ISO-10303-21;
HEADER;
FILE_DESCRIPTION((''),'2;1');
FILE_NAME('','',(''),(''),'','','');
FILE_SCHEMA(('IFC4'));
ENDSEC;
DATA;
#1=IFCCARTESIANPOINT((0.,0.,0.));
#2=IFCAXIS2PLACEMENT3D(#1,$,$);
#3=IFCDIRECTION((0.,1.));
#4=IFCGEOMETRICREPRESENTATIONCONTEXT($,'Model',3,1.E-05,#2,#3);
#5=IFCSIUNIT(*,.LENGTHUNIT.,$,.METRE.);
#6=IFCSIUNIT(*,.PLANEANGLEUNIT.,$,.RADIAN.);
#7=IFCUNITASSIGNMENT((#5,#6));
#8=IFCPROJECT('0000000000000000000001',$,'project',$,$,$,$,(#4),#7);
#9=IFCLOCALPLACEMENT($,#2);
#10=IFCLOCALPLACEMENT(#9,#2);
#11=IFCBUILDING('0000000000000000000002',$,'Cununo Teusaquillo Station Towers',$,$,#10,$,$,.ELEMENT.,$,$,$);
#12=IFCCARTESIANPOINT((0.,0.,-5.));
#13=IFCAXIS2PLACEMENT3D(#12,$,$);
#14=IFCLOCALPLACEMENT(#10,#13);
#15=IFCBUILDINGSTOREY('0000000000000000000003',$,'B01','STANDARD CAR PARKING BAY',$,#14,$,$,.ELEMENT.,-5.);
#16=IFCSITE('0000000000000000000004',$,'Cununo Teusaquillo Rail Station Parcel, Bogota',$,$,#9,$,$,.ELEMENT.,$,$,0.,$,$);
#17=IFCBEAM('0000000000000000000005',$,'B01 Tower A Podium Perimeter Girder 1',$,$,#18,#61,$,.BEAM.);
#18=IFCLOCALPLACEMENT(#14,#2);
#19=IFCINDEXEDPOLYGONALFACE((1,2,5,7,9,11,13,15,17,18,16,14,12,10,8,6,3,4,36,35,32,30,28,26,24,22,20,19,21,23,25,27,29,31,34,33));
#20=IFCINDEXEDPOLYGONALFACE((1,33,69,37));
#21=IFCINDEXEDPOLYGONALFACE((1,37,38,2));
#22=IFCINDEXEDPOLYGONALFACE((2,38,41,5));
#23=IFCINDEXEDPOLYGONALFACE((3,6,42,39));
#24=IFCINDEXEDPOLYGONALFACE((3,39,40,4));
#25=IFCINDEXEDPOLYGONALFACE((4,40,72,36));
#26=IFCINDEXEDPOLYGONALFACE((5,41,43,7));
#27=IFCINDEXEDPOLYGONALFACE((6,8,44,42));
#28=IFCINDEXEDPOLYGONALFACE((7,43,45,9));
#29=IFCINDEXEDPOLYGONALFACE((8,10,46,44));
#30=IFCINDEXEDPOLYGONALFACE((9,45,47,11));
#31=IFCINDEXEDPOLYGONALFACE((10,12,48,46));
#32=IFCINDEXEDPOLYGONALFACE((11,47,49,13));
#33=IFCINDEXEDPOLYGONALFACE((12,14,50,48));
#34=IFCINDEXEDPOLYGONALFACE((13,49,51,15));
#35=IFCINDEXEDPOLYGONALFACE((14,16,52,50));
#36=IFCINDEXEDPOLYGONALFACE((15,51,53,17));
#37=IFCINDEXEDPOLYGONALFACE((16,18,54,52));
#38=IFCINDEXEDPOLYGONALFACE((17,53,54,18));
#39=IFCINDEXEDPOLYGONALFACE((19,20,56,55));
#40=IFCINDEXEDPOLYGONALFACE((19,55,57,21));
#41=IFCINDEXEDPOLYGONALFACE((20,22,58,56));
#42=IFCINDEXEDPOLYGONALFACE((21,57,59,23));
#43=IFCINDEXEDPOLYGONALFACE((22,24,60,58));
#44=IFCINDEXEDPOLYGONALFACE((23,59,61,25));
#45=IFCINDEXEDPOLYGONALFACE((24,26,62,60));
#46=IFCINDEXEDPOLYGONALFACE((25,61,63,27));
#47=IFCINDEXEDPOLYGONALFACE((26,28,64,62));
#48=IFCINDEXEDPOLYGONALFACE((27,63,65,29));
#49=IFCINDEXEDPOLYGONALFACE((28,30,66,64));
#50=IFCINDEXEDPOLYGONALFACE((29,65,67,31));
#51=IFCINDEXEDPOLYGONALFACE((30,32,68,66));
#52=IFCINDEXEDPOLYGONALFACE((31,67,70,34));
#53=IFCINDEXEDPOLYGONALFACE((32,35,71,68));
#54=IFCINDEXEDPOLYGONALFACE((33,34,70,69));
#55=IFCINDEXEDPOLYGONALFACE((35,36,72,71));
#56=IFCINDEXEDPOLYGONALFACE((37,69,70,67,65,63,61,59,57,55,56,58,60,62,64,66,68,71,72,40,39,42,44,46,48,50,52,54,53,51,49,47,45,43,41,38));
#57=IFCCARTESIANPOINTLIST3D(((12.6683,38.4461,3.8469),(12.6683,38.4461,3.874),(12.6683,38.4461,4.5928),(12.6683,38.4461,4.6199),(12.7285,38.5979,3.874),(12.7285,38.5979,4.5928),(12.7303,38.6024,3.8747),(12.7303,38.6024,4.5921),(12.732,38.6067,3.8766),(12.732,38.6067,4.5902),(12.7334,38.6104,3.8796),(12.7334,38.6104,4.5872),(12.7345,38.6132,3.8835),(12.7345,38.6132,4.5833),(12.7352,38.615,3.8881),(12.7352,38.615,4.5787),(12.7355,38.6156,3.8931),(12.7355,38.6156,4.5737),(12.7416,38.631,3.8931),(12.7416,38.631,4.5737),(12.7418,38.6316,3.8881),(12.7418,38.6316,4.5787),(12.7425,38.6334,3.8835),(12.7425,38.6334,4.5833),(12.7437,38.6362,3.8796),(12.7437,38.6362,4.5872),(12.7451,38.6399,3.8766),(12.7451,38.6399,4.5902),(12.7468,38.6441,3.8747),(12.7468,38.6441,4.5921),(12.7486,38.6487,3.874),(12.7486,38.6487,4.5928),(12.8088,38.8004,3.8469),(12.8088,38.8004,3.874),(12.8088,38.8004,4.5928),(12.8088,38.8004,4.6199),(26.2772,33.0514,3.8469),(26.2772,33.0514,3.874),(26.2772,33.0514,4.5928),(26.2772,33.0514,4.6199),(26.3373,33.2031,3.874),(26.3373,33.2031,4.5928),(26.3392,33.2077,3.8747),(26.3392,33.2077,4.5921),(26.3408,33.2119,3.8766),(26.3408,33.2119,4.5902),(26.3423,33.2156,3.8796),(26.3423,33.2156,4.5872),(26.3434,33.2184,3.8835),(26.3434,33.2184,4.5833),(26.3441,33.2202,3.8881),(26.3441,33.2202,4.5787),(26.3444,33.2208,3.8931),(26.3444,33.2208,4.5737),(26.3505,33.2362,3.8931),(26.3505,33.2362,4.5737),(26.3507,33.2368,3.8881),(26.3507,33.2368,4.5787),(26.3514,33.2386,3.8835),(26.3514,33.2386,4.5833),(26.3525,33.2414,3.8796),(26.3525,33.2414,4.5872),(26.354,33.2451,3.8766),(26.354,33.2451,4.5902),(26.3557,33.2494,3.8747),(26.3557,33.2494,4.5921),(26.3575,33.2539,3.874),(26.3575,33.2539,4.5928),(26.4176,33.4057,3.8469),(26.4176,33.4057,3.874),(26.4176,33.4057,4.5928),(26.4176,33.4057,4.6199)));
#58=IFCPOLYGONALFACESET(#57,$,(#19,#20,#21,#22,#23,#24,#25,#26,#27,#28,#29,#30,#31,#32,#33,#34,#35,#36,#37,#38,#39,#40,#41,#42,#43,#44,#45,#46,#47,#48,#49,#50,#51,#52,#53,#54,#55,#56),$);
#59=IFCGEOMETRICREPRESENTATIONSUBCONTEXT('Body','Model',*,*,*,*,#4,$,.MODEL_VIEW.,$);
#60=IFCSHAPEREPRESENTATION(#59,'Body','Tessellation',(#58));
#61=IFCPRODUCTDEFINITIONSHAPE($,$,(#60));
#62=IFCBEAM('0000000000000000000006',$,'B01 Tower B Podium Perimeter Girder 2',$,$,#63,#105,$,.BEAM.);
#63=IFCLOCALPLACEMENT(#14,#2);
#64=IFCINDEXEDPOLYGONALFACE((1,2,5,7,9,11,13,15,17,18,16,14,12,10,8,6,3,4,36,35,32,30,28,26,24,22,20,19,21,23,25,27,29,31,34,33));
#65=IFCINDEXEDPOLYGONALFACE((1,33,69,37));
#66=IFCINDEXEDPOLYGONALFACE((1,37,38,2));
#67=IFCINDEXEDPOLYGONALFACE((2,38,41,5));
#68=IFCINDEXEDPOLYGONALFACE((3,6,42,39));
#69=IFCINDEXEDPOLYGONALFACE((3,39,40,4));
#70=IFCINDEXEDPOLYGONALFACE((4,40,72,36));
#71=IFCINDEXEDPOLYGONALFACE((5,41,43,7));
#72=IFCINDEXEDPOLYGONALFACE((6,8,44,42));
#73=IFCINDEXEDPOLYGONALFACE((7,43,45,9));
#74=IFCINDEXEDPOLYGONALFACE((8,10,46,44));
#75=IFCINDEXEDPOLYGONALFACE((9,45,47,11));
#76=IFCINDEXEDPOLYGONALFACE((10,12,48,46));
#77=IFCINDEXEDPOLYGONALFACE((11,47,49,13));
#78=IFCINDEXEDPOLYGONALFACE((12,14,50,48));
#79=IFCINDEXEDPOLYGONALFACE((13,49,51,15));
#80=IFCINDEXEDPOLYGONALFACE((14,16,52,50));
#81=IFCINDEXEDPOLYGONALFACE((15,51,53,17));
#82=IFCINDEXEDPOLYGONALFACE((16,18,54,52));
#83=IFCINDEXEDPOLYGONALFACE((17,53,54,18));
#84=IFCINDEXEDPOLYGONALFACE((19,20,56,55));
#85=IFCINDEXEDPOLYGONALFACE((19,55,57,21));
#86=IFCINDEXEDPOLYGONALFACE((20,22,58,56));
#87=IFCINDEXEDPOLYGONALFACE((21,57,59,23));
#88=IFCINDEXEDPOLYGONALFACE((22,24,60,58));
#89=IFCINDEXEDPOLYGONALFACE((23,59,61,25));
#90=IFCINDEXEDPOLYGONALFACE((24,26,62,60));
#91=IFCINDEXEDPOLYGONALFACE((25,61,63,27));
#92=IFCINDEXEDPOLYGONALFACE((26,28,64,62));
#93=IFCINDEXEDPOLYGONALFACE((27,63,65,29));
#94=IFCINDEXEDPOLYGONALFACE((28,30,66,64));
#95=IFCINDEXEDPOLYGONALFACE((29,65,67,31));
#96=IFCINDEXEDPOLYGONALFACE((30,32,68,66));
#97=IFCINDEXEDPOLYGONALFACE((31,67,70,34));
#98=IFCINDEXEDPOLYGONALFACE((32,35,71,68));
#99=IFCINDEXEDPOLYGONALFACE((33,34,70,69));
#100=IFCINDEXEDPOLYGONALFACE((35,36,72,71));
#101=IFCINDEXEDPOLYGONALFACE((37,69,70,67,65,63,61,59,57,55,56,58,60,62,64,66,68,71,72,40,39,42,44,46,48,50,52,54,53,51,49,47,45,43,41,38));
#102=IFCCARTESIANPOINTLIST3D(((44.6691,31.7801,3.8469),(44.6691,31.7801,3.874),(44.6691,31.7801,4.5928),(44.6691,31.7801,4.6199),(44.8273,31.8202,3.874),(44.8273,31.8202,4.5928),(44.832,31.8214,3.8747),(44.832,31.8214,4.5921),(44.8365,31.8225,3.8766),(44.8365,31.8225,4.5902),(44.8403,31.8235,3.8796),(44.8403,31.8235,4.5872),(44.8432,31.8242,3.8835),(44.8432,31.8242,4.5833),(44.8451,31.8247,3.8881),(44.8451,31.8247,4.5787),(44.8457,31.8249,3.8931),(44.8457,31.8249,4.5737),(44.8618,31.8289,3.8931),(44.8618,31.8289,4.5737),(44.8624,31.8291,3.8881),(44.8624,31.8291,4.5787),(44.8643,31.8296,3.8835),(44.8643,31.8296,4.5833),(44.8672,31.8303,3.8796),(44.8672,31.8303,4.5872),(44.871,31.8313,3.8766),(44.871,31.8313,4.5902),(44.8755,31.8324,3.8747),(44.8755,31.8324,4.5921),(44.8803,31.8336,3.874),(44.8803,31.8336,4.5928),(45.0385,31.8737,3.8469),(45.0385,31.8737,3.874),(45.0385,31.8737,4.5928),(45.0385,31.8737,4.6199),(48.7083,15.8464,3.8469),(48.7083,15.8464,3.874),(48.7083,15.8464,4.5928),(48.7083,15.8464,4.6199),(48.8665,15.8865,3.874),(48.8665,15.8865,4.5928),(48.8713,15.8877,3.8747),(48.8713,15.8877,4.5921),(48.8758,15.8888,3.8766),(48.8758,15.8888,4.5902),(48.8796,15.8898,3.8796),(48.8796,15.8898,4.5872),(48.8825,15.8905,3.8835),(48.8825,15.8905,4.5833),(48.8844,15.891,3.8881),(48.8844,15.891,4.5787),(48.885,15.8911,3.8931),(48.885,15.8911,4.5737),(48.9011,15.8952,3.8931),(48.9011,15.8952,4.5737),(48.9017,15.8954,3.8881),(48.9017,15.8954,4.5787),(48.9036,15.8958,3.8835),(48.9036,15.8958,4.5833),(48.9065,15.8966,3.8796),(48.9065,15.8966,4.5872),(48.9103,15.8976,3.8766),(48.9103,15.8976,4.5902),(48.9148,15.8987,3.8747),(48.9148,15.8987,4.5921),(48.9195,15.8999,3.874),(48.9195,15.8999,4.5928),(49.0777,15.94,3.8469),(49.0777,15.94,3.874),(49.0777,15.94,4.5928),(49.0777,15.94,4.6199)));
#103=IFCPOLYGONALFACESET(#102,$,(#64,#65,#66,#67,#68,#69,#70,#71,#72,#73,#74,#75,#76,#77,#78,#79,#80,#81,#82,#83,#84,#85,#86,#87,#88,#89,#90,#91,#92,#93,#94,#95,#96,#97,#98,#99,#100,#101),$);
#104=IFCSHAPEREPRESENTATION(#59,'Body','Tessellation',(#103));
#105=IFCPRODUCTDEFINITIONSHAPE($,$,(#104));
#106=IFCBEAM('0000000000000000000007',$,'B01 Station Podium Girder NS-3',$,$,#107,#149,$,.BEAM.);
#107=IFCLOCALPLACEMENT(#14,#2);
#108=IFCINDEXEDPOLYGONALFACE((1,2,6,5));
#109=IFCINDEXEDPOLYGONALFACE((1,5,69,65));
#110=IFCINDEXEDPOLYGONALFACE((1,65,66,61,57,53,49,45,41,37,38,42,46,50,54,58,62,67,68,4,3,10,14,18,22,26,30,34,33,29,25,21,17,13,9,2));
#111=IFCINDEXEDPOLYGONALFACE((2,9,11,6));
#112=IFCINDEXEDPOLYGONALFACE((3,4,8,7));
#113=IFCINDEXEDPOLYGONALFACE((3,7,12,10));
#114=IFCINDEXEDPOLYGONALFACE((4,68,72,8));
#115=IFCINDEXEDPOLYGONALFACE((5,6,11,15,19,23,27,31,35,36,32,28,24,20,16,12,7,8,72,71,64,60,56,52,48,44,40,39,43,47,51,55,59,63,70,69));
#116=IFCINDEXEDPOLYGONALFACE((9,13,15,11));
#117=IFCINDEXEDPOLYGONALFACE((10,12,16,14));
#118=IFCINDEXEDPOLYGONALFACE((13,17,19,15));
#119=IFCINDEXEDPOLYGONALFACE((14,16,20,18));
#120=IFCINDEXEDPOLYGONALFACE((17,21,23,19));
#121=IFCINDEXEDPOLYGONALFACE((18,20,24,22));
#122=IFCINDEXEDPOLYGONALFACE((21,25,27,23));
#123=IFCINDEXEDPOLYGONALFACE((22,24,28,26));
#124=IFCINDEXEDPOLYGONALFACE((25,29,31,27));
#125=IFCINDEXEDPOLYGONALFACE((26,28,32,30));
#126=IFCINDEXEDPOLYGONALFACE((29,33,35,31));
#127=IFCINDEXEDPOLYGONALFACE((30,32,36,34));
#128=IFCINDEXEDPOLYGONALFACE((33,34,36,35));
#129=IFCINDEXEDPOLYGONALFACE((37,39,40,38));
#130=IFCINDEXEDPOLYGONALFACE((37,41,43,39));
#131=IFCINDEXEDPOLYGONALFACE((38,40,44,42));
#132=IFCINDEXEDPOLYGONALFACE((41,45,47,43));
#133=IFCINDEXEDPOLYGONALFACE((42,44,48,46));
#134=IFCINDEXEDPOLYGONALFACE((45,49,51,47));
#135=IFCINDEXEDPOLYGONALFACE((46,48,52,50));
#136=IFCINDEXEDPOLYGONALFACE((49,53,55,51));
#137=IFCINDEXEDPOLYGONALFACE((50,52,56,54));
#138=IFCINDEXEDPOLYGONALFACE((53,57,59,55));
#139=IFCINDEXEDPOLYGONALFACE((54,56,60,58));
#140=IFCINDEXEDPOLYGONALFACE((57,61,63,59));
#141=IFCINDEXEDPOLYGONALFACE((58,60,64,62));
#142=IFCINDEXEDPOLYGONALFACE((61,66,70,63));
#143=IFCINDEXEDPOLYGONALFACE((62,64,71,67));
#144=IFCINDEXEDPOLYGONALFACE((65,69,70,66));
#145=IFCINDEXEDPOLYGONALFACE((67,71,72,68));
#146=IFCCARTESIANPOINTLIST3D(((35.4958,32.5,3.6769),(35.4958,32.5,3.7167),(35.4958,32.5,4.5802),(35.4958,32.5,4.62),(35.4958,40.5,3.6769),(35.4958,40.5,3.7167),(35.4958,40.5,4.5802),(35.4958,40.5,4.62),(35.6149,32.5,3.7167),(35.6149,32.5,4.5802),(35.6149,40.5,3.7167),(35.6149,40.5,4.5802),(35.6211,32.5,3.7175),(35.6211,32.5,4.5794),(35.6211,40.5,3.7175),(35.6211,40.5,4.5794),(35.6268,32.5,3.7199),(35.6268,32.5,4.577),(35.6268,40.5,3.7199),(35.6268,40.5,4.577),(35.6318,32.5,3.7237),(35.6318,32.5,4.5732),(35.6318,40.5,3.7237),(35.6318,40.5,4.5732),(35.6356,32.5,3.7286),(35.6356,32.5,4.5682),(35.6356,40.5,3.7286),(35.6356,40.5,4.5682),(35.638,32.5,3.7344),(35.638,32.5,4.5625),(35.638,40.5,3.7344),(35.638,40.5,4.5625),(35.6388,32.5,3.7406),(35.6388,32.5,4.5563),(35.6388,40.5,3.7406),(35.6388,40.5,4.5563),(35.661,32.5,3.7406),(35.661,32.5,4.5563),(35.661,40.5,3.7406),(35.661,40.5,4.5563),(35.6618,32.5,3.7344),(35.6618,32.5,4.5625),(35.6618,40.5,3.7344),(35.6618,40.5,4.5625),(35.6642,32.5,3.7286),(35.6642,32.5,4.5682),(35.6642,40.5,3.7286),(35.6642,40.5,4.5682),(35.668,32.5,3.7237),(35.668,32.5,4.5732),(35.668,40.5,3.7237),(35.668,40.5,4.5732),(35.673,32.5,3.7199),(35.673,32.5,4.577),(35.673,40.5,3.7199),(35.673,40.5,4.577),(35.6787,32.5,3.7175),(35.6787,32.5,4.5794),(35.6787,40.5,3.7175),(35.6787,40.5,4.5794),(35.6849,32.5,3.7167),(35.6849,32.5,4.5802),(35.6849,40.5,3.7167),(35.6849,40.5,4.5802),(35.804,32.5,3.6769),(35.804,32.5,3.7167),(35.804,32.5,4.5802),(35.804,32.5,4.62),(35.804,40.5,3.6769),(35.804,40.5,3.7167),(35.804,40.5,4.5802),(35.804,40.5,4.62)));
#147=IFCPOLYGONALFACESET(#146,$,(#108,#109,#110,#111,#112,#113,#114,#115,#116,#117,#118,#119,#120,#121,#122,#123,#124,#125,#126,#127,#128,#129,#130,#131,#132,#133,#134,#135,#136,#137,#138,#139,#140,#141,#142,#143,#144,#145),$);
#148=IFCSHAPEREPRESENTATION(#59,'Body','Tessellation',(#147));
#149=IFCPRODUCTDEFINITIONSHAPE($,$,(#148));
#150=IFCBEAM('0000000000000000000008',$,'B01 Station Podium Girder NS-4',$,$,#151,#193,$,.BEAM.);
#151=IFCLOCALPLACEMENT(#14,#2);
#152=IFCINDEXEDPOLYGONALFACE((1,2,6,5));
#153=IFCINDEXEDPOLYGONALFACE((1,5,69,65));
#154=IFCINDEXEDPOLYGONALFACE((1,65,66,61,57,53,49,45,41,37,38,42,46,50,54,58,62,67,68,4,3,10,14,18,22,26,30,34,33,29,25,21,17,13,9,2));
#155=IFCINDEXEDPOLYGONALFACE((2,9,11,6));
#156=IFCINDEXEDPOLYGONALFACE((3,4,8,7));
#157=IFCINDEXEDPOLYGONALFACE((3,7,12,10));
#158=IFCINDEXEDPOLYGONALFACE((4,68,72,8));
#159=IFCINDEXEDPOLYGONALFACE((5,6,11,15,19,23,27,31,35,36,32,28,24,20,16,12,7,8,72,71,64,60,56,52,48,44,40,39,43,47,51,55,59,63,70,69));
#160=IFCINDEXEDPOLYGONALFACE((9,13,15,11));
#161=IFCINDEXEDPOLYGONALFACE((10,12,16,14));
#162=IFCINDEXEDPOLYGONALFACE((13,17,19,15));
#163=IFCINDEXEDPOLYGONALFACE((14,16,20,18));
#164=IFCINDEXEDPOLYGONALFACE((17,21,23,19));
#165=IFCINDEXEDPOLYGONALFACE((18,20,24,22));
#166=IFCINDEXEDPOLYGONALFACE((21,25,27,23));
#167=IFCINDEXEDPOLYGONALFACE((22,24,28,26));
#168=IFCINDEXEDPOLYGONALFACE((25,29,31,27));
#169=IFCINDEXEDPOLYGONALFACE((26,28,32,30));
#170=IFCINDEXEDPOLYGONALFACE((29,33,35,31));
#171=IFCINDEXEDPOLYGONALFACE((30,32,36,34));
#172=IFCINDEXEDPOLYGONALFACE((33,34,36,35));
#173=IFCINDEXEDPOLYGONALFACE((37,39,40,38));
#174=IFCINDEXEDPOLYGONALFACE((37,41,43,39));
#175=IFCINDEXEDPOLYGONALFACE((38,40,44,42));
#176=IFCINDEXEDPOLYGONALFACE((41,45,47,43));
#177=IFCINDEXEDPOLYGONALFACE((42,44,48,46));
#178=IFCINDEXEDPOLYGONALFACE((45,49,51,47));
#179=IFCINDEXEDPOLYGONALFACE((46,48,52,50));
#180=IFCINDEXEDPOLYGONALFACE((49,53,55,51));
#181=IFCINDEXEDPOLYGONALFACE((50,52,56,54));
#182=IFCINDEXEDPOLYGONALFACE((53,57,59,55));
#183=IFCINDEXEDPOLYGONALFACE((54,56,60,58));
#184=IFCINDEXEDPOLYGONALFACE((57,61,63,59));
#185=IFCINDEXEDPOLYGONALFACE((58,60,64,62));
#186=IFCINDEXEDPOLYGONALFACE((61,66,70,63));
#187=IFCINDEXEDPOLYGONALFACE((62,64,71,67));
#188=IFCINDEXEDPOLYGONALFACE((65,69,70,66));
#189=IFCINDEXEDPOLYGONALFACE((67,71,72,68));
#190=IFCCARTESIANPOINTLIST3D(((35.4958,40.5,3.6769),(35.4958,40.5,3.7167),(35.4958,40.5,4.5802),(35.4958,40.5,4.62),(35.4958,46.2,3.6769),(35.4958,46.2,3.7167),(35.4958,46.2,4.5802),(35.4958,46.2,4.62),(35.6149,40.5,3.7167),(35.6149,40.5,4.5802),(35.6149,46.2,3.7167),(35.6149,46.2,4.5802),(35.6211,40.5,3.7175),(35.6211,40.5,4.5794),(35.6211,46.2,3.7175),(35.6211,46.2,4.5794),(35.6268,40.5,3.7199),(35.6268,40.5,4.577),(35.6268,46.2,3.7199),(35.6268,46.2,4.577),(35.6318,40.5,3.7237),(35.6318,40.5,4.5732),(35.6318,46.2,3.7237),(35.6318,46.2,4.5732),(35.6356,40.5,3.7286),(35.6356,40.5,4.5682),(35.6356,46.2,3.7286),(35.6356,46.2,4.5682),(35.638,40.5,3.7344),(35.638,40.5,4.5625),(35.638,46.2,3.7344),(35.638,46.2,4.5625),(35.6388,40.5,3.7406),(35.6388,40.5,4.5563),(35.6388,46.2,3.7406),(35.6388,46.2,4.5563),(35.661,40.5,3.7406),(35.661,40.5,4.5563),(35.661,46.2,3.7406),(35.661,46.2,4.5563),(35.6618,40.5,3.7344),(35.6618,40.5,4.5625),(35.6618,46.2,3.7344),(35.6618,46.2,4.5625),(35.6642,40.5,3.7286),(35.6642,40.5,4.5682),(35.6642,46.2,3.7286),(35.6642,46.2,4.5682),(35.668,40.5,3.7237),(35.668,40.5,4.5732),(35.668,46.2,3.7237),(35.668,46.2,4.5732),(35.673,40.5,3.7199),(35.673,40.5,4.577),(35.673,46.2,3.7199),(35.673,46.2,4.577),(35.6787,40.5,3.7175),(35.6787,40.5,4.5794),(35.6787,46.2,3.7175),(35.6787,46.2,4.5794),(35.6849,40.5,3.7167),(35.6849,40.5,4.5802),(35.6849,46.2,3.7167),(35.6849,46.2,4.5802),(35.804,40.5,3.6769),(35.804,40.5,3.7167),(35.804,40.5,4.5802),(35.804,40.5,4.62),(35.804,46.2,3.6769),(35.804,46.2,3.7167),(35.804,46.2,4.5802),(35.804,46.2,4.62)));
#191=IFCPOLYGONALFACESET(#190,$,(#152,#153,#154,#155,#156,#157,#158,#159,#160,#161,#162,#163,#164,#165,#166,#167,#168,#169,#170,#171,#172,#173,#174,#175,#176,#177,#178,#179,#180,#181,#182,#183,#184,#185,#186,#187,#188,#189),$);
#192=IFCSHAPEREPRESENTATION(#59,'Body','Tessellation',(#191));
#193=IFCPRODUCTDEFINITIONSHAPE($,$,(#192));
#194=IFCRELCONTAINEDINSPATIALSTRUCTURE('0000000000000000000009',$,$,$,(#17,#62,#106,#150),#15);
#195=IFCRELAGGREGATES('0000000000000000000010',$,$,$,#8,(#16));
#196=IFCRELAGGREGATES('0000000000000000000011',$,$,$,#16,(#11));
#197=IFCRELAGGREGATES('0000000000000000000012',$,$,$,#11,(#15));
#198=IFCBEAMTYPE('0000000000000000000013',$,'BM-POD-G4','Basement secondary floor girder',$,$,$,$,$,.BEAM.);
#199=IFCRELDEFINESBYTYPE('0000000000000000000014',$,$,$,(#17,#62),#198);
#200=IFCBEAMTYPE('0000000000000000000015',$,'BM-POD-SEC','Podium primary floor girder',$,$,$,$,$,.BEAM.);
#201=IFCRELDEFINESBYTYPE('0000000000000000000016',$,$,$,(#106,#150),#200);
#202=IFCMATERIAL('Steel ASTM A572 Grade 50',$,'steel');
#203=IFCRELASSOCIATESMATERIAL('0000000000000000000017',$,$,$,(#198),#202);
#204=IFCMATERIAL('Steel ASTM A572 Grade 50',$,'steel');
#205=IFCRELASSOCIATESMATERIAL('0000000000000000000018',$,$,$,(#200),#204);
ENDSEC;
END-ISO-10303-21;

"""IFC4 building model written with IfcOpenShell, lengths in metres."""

from ifc_helpers import new_model, si_unit, direction, frame, origin, origin_2d, place, context, subcontext, project, spatial, i_section, extrude, material, material_profile, profile_set, type_object, element, save


model = new_model("IFC4")

# Units and contexts
model_context = context("Model", 3, precision=1e-05, world=origin(), true_north=direction((0.0, 1.0)))
body_context = subcontext(model_context, "Body", "Model", "MODEL_VIEW")
ifc_project = project(units=[si_unit("LENGTHUNIT", "METRE"), si_unit("PLANEANGLEUNIT", "RADIAN")], contexts=[model_context])

# Site, building, storey
site_placement = place(None, origin())
site = spatial("IfcSite", under=ifc_project, at=site_placement, Name="Cununo Teusaquillo Rail Station Parcel, Bogota", CompositionType="ELEMENT", RefElevation=0.0)
building_placement = place(site_placement, origin())
building = spatial("IfcBuilding", under=site, at=building_placement, Name="Cununo Teusaquillo Station Towers", CompositionType="ELEMENT")
storey_placement = place(building_placement, frame((0.0, 0.0, -5.0)))
storey = spatial("IfcBuildingStorey", under=building, at=storey_placement, Name="B01", Description="STANDARD CAR PARKING BAY", CompositionType="ELEMENT", Elevation=-5.0)

# Beams
ifc_material_1 = material(Name="Steel ASTM A572 Grade 50", Category="steel")
ifc_material_profile_1 = material_profile(ifc_material_1, i_section(OverallWidth=0.3811, OverallDepth=0.7729, WebThickness=0.0166, FlangeThickness=0.0271, FilletRadius=0.019, at=origin_2d()), Name="W30X173")
ifc_profile_set_1 = profile_set([ifc_material_profile_1], Name="Steel ASTM A572 Grade 50")
beam_type_1 = type_object("IfcBeamType", Name="BM-POD-G4", Description="Basement secondary floor girder", PredefinedType="BEAM", material=ifc_profile_set_1)
beam_1_placement = place(storey_placement, frame((26.3474, 33.2285, 4.2334), z_axis=(-0.929621, 0.368516, 0.0), x_axis=(-0.368516, -0.929621, 0.0)))
element("IfcBeam", 1, at=beam_1_placement, inside=storey, type_object=beam_type_1, Name="B01 Tower A Podium Perimeter Girder 1", PredefinedType="BEAM", context=body_context, shape_type="SweptSolid", body=[
    extrude(i_section(OverallWidth=0.3811, OverallDepth=0.7729, WebThickness=0.0166, FlangeThickness=0.0271, FilletRadius=0.019, at=origin_2d()), origin(), (0.0, 0.0, 1.0), 14.6392),
])
beam_2_placement = place(storey_placement, frame((44.8538, 31.8269, 4.2334), z_axis=(0.245732, -0.969338, 0.0), x_axis=(0.969338, 0.245732, 0.0)))
element("IfcBeam", 2, at=beam_2_placement, inside=storey, type_object=beam_type_1, Name="B01 Tower B Podium Perimeter Girder 2", PredefinedType="BEAM", context=body_context, shape_type="SweptSolid", body=[
    extrude(i_section(OverallWidth=0.3811, OverallDepth=0.7729, WebThickness=0.0166, FlangeThickness=0.0271, FilletRadius=0.019, at=origin_2d()), origin(), (0.0, 0.0, 1.0), 16.4377),
])
ifc_material_2 = material(Name="Steel ASTM A572 Grade 50", Category="steel")
ifc_material_profile_2 = material_profile(ifc_material_2, i_section(OverallWidth=0.3081, OverallDepth=0.9431, WebThickness=0.0222, FlangeThickness=0.0398, FilletRadius=0.0239, at=origin_2d()), Name="W36X232")
ifc_profile_set_2 = profile_set([ifc_material_profile_2], Name="Steel ASTM A572 Grade 50")
beam_type_2 = type_object("IfcBeamType", Name="BM-POD-SEC", Description="Podium primary floor girder", PredefinedType="BEAM", material=ifc_profile_set_2)
beam_3_placement = place(storey_placement, frame((35.6499, 32.5, 4.1484), z_axis=(0.0, 1.0, 0.0), x_axis=(-1.0, 0.0, 0.0)))
element("IfcBeam", 3, at=beam_3_placement, inside=storey, type_object=beam_type_2, Name="B01 Station Podium Girder NS-3", PredefinedType="BEAM", context=body_context, shape_type="SweptSolid", body=[
    extrude(i_section(OverallWidth=0.3081, OverallDepth=0.9431, WebThickness=0.0222, FlangeThickness=0.0398, FilletRadius=0.0239, at=origin_2d()), origin(), (0.0, 0.0, 1.0), 8.0),
])
beam_4_placement = place(storey_placement, frame((35.6499, 40.5, 4.1484), z_axis=(0.0, 1.0, 0.0), x_axis=(-1.0, 0.0, 0.0)))
element("IfcBeam", 4, at=beam_4_placement, inside=storey, type_object=beam_type_2, Name="B01 Station Podium Girder NS-4", PredefinedType="BEAM", context=body_context, shape_type="SweptSolid", body=[
    extrude(i_section(OverallWidth=0.3081, OverallDepth=0.9431, WebThickness=0.0222, FlangeThickness=0.0398, FilletRadius=0.0239, at=origin_2d()), origin(), (0.0, 0.0, 1.0), 5.7),
])

save(model, "model.ifc")
